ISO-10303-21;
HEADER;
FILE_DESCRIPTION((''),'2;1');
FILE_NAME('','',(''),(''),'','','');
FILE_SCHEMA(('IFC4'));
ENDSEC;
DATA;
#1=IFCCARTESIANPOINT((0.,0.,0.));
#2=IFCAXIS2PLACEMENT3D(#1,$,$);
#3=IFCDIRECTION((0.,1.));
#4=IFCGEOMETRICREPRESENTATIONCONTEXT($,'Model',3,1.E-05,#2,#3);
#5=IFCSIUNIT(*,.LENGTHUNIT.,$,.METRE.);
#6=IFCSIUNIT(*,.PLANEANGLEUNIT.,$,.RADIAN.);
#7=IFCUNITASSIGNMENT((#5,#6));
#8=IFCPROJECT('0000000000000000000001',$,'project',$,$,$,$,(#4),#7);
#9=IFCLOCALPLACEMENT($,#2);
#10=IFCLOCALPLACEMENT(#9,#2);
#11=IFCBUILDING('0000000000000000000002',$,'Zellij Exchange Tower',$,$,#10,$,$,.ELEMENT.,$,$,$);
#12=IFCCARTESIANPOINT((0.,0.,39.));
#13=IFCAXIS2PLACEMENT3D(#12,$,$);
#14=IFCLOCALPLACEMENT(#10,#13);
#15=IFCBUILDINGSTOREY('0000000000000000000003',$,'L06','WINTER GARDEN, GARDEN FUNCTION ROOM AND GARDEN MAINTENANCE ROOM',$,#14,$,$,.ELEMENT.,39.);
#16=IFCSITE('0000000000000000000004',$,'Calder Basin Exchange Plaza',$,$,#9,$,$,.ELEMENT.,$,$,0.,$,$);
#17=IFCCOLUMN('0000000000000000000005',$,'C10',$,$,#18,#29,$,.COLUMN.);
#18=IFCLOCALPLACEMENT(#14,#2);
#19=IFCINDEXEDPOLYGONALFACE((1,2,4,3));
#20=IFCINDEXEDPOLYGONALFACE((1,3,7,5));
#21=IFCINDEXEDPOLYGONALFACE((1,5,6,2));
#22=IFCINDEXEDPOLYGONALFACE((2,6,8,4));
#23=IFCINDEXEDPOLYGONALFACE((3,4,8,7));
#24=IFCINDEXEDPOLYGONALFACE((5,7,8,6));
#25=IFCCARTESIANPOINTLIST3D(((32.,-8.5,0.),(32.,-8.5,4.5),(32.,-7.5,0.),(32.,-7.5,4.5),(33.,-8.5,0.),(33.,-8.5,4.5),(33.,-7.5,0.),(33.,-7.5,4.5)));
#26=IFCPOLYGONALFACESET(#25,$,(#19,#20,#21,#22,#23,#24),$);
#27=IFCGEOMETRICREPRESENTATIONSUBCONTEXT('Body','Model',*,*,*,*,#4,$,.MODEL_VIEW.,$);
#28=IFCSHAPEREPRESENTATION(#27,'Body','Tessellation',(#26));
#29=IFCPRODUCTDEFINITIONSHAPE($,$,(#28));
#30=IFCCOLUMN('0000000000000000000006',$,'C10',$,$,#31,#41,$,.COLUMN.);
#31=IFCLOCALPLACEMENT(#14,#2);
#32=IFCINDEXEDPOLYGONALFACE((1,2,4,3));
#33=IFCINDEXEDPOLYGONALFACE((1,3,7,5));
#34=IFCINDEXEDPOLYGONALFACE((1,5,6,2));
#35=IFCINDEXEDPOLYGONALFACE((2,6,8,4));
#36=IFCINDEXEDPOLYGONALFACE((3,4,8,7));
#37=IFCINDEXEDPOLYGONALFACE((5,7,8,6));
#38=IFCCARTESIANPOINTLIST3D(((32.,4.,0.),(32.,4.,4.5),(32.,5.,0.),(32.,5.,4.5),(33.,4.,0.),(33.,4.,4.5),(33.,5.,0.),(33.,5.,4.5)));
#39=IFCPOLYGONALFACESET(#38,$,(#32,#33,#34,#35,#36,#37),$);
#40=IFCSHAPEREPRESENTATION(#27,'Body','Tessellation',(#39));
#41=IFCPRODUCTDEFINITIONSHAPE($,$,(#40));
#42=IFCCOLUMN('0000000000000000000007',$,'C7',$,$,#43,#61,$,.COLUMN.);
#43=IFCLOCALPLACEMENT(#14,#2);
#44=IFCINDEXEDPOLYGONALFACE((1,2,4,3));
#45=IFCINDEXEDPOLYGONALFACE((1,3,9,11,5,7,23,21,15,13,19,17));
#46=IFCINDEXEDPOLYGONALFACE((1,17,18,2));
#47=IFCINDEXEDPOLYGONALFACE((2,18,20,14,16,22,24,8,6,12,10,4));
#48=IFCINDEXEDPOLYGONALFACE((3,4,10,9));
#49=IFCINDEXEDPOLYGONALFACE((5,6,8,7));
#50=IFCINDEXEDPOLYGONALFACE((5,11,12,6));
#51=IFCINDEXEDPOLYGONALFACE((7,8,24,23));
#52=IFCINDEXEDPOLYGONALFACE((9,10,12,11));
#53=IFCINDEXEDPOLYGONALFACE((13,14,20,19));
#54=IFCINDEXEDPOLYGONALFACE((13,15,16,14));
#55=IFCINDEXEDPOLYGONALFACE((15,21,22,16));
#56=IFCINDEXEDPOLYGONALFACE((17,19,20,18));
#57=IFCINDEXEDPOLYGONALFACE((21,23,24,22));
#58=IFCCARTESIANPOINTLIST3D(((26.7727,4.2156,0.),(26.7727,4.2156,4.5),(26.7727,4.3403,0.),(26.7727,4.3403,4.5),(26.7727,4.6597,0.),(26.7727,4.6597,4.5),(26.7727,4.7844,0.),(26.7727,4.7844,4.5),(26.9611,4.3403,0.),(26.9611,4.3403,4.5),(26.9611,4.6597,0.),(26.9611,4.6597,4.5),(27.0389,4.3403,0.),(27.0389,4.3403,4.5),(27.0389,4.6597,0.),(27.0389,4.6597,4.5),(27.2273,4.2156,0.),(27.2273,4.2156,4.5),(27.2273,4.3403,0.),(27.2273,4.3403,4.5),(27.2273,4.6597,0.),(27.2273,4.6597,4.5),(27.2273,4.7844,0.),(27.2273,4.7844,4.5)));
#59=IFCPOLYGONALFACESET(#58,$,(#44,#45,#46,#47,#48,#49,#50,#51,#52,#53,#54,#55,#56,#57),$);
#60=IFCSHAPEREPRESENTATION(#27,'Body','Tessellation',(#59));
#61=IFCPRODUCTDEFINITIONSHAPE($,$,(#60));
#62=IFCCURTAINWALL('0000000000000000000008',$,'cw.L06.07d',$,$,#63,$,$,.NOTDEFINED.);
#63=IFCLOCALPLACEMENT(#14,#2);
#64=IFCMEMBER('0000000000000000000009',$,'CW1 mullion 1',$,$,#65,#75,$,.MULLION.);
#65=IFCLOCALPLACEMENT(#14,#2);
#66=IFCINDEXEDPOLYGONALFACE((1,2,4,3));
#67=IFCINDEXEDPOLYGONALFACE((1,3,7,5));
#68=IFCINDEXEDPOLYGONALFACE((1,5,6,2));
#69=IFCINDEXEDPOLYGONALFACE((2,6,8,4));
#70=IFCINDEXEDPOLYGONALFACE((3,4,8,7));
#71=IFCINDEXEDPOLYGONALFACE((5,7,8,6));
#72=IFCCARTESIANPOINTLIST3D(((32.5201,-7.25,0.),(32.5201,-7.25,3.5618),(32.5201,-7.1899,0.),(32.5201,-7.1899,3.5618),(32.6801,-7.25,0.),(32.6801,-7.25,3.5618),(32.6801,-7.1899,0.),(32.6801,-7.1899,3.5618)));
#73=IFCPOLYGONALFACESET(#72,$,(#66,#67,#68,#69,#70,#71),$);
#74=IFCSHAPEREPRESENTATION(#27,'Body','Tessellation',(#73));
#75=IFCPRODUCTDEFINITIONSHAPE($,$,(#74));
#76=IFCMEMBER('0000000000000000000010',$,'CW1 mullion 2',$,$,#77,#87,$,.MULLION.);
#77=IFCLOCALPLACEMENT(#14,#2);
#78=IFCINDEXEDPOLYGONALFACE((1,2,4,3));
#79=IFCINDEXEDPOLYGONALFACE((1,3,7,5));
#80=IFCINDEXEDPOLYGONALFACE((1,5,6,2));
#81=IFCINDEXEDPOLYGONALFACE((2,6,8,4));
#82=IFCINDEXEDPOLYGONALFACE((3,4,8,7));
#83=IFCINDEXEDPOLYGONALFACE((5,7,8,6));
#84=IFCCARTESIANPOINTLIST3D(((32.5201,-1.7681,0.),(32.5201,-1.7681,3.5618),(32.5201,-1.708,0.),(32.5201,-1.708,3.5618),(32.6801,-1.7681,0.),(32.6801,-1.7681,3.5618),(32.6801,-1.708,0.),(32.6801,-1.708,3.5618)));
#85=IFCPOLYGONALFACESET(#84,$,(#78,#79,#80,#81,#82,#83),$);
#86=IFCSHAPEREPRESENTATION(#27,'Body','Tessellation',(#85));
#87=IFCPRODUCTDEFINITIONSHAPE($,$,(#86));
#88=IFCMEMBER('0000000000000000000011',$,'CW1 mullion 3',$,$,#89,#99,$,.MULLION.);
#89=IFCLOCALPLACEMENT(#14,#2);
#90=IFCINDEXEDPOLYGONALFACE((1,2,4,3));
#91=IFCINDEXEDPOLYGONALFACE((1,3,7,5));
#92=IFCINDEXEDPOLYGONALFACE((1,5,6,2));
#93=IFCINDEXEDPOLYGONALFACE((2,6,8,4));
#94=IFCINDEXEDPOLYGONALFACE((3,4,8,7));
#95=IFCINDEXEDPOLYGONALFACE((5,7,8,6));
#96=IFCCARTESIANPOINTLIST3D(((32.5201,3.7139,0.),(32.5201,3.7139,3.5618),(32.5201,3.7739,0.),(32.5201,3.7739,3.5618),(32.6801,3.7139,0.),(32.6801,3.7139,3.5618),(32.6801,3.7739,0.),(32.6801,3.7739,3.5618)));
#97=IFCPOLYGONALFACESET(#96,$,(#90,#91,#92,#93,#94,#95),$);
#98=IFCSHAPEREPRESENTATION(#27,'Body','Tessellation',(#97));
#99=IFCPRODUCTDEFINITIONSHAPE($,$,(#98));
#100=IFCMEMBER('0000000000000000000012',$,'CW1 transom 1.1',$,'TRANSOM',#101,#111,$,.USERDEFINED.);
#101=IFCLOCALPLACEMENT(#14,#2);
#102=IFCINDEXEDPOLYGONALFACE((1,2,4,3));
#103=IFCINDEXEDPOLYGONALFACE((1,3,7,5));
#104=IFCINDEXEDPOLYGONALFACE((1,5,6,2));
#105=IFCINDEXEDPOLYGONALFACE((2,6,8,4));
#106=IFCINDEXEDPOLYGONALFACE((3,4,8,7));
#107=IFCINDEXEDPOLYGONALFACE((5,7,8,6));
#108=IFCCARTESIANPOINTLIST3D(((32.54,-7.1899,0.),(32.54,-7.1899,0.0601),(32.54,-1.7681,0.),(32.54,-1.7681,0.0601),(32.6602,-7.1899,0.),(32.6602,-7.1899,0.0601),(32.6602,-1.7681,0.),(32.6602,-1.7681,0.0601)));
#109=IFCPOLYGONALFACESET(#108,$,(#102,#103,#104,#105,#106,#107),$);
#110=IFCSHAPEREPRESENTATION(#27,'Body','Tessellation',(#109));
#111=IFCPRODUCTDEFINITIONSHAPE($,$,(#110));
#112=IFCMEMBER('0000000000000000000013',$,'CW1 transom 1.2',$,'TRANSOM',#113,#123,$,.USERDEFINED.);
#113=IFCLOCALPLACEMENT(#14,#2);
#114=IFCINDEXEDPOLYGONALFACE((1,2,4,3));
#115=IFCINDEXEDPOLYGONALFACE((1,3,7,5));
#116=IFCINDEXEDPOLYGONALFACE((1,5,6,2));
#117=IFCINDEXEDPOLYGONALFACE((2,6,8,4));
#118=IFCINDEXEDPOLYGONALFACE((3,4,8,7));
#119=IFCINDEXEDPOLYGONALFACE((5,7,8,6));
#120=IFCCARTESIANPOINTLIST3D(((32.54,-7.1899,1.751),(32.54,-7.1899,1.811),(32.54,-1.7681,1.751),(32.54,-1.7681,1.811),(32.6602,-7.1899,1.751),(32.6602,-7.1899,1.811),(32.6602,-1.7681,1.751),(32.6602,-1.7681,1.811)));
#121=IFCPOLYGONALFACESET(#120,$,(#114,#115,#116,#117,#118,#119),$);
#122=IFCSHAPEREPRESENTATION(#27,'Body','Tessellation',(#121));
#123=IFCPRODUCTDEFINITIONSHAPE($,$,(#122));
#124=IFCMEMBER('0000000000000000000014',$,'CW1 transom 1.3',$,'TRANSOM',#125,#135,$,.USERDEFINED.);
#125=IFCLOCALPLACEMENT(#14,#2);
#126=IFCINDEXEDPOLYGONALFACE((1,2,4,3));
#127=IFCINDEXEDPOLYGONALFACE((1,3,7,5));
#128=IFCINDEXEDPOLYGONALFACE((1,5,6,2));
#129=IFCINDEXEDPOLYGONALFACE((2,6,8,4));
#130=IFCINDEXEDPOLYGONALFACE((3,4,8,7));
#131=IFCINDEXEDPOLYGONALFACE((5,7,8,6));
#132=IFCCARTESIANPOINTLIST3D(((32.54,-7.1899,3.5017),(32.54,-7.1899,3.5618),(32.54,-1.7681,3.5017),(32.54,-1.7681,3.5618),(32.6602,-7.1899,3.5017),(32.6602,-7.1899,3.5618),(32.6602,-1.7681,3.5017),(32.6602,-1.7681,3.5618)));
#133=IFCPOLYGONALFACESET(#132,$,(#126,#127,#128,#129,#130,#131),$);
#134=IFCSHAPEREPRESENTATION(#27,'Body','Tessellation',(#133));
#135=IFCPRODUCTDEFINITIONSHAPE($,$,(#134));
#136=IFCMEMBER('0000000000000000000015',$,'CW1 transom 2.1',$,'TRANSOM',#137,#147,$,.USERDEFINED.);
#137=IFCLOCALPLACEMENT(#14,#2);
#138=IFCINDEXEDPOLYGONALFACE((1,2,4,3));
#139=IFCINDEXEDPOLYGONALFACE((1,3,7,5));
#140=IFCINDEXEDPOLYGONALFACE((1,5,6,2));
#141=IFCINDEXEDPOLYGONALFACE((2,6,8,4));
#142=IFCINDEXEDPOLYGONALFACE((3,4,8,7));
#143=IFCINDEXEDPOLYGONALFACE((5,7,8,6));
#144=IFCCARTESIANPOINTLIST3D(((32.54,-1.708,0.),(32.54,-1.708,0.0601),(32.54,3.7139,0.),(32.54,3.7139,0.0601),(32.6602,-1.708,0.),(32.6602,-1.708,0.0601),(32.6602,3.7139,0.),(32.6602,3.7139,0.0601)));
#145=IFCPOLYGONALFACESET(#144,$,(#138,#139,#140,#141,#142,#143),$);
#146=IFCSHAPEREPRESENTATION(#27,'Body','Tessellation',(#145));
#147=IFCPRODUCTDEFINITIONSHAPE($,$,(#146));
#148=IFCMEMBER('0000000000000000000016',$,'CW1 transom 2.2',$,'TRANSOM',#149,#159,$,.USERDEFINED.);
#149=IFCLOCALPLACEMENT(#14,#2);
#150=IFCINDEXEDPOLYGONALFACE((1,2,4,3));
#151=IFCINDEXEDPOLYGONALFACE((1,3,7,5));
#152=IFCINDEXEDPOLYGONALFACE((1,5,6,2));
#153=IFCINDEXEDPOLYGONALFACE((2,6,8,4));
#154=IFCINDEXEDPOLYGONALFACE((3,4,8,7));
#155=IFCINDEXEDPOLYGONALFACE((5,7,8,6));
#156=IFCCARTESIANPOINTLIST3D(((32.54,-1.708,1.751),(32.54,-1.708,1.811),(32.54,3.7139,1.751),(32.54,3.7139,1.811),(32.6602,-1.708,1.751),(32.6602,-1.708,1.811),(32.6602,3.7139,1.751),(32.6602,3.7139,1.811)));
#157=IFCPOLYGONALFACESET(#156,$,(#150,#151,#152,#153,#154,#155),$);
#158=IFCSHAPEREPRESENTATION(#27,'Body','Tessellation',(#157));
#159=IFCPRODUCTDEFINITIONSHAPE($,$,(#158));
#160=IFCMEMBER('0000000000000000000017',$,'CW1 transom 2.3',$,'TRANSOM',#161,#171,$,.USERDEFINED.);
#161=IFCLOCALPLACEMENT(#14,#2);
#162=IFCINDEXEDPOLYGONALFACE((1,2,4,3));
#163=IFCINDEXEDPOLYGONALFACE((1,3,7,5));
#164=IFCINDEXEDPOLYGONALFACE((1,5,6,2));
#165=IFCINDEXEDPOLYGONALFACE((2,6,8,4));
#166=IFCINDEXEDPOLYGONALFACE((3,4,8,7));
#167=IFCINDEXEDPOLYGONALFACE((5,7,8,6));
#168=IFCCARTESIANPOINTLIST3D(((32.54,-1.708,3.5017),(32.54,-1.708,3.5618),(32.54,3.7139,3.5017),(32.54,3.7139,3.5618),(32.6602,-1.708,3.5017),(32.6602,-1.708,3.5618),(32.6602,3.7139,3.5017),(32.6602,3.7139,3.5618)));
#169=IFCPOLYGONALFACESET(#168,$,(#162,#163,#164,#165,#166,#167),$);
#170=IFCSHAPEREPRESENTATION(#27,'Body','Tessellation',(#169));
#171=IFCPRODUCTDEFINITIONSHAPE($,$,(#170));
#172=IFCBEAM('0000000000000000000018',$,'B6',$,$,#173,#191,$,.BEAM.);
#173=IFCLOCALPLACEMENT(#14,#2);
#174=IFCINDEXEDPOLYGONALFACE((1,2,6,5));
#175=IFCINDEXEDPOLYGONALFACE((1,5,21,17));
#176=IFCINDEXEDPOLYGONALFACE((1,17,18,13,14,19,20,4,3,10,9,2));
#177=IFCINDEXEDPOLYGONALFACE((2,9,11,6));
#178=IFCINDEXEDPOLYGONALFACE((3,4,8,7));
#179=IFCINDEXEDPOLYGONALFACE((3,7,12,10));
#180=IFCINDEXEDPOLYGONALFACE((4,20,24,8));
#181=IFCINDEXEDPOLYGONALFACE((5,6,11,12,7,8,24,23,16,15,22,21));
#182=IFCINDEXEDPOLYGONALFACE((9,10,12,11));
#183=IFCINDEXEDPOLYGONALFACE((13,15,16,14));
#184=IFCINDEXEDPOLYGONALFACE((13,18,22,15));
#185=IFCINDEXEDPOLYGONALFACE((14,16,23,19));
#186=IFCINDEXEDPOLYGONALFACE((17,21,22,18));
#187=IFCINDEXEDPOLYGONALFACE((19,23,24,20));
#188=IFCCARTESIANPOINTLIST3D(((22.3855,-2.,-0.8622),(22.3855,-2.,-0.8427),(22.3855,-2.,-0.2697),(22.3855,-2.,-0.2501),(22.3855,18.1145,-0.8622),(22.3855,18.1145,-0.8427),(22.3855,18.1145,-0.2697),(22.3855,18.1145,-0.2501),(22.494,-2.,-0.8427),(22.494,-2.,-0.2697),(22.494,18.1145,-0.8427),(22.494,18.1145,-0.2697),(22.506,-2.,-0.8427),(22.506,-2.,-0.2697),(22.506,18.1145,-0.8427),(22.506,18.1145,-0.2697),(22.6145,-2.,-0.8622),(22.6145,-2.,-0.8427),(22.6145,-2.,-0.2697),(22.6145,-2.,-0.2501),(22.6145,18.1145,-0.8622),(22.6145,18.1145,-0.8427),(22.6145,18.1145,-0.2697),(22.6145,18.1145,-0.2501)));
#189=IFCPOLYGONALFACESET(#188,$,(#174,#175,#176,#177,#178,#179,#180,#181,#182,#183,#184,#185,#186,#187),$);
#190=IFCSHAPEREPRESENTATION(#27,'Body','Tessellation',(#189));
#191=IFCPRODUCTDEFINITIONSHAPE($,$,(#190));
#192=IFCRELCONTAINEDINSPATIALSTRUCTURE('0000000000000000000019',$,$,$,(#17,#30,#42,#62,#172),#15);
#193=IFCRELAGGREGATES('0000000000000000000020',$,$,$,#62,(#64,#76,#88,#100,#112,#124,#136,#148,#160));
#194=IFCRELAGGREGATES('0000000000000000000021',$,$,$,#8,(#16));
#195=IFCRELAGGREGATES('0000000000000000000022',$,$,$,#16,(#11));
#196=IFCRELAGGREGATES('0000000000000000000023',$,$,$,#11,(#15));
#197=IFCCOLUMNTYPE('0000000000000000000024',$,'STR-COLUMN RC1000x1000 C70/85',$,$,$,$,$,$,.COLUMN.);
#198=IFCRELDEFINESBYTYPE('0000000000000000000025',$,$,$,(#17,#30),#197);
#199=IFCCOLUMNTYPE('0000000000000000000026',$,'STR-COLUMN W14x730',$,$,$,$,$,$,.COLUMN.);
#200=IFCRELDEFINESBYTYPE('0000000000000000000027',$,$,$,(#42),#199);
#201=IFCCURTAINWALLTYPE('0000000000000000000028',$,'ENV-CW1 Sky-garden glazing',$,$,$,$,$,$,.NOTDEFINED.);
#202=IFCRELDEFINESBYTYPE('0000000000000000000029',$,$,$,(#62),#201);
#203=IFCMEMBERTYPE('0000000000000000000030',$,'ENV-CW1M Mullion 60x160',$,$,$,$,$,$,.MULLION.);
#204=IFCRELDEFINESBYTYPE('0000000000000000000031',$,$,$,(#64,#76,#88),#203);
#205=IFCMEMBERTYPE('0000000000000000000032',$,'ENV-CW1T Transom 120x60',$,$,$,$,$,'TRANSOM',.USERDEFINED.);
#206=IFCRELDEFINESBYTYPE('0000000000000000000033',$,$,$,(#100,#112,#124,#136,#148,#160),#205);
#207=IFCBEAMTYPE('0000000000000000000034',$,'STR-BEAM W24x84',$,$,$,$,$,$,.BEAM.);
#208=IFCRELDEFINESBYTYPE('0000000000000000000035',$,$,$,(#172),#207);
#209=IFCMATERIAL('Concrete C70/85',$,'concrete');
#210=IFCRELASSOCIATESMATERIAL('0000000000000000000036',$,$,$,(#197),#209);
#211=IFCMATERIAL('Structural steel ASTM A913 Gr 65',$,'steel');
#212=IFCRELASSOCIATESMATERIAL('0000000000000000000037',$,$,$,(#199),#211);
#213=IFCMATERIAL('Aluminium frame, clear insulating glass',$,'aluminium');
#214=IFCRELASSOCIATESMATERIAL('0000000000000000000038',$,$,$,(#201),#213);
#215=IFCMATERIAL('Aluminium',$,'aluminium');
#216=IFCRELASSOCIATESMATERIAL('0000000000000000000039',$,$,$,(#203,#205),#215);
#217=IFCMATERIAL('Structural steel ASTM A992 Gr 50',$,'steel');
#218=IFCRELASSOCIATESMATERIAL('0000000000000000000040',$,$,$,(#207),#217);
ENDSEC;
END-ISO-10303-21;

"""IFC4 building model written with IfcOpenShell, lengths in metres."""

from ifc_helpers import new_model, si_unit, direction, frame, origin, origin_2d, place, context, subcontext, project, spatial, rectangle, i_section, extrude, material, material_profile, profile_set, type_object, element, aggregate, save


model = new_model("IFC4")

# Units and contexts
model_context = context("Model", 3, precision=1e-05, world=origin(), true_north=direction((0.0, 1.0)))
body_context = subcontext(model_context, "Body", "Model", "MODEL_VIEW")
ifc_project = project(units=[si_unit("LENGTHUNIT", "METRE"), si_unit("PLANEANGLEUNIT", "RADIAN")], contexts=[model_context])

# Site, building, storey
site_placement = place(None, origin())
site = spatial("IfcSite", under=ifc_project, at=site_placement, Name="Calder Basin Exchange Plaza", CompositionType="ELEMENT", RefElevation=0.0)
building_placement = place(site_placement, origin())
building = spatial("IfcBuilding", under=site, at=building_placement, Name="Zellij Exchange Tower", CompositionType="ELEMENT")
storey_placement = place(building_placement, frame((0.0, 0.0, 39.0)))
storey = spatial("IfcBuildingStorey", under=building, at=storey_placement, Name="L06", Description="WINTER GARDEN, GARDEN FUNCTION ROOM AND GARDEN MAINTENANCE ROOM", CompositionType="ELEMENT", Elevation=39.0)

# Columns
ifc_material_1 = material(Name="Concrete C70/85", Category="concrete")
ifc_material_profile_1 = material_profile(ifc_material_1, rectangle(XDim=1.0, YDim=1.0, at=origin_2d()), Name="STR-COLUMN RC1000x1000 C70/85")
ifc_profile_set_1 = profile_set([ifc_material_profile_1], Name="Concrete C70/85")
column_type_1 = type_object("IfcColumnType", Name="STR-COLUMN RC1000x1000 C70/85", PredefinedType="COLUMN", material=ifc_profile_set_1)
for number, where, z_axis, x_axis, name in (
    (1, (32.5, -8.0, 0.0), (0.0, 0.0, 1.0), (1.0, 0.0, 0.0), "C10"),
    (2, (32.5, 4.5, 0.0), (0.0, 0.0, 1.0), (1.0, 0.0, 0.0), "C10"),
):
    element("IfcColumn", number, at=place(storey_placement, frame(where, z_axis=z_axis, x_axis=x_axis)), inside=storey, type_object=column_type_1, Name=name, PredefinedType="COLUMN", context=body_context, shape_type="SweptSolid", body=[
        extrude(rectangle(XDim=1.0, YDim=1.0, at=origin_2d()), origin(), (0.0, 0.0, 1.0), 4.5),
    ])
ifc_material_2 = material(Name="Structural steel ASTM A913 Gr 65", Category="steel")
ifc_material_profile_2 = material_profile(ifc_material_2, i_section(OverallWidth=0.4546, OverallDepth=0.5688, WebThickness=0.0779, FlangeThickness=0.1248, at=origin_2d()), Name="W14x730")
ifc_profile_set_2 = profile_set([ifc_material_profile_2], Name="Structural steel ASTM A913 Gr 65")
column_type_2 = type_object("IfcColumnType", Name="STR-COLUMN W14x730", PredefinedType="COLUMN", material=ifc_profile_set_2)
column_placement = place(storey_placement, frame((27.0, 4.5, 0.0), z_axis=(0.0, 0.0, 1.0), x_axis=(1.0, 0.0, 0.0)))
element("IfcColumn", 3, at=column_placement, inside=storey, type_object=column_type_2, Name="C7", PredefinedType="COLUMN", context=body_context, shape_type="SweptSolid", body=[
    extrude(i_section(OverallWidth=0.4546, OverallDepth=0.5688, WebThickness=0.0779, FlangeThickness=0.1248, at=origin_2d()), origin(), (0.0, 0.0, 1.0), 4.5),
])

# Curtain wall, members
ifc_material_3 = material(Name="Aluminium frame, clear insulating glass", Category="aluminium")
curtain_wall_type = type_object("IfcCurtainWallType", Name="ENV-CW1 Sky-garden glazing", PredefinedType="NOTDEFINED", material=ifc_material_3)
curtain_wall_placement = place(storey_placement, origin())
curtain_wall = element("IfcCurtainWall", 4, at=curtain_wall_placement, inside=storey, type_object=curtain_wall_type, Name="cw.L06.07d", PredefinedType="NOTDEFINED")
ifc_material_4 = material(Name="Aluminium", Category="aluminium")
ifc_material_profile_3 = material_profile(ifc_material_4, rectangle(XDim=0.0601, YDim=0.1599, at=origin_2d()), Name="AL 60x160")
ifc_profile_set_3 = profile_set([ifc_material_profile_3], Name="Aluminium")
member_type_1 = type_object("IfcMemberType", Name="ENV-CW1M Mullion 60x160", PredefinedType="MULLION", material=ifc_profile_set_3)
member_1_placement = place(storey_placement, frame((32.6001, -7.22, 0.0), z_axis=(0.0, 0.0, 1.0), x_axis=(0.0, 1.0, 0.0)))
member_1 = element("IfcMember", 5, at=member_1_placement, type_object=member_type_1, Name="CW1 mullion 1", PredefinedType="MULLION", context=body_context, shape_type="SweptSolid", body=[
    extrude(rectangle(XDim=0.0601, YDim=0.1599, at=origin_2d()), origin(), (0.0, 0.0, 1.0), 3.5618),
])
member_2_placement = place(storey_placement, frame((32.6001, -1.738, 0.0), z_axis=(0.0, 0.0, 1.0), x_axis=(0.0, 1.0, 0.0)))
member_2 = element("IfcMember", 6, at=member_2_placement, type_object=member_type_1, Name="CW1 mullion 2", PredefinedType="MULLION", context=body_context, shape_type="SweptSolid", body=[
    extrude(rectangle(XDim=0.0601, YDim=0.1599, at=origin_2d()), origin(), (0.0, 0.0, 1.0), 3.5618),
])
member_3_placement = place(storey_placement, frame((32.6001, 3.7439, 0.0), z_axis=(0.0, 0.0, 1.0), x_axis=(0.0, 1.0, 0.0)))
member_3 = element("IfcMember", 7, at=member_3_placement, type_object=member_type_1, Name="CW1 mullion 3", PredefinedType="MULLION", context=body_context, shape_type="SweptSolid", body=[
    extrude(rectangle(XDim=0.0601, YDim=0.1599, at=origin_2d()), origin(), (0.0, 0.0, 1.0), 3.5618),
])
ifc_material_profile_4 = material_profile(ifc_material_4, rectangle(XDim=0.1201, YDim=0.0601, at=origin_2d()), Name="AL 120x60")
ifc_profile_set_4 = profile_set([ifc_material_profile_4], Name="Aluminium")
member_type_2 = type_object("IfcMemberType", Name="ENV-CW1T Transom 120x60", ElementType="TRANSOM", PredefinedType="USERDEFINED", material=ifc_profile_set_4)
member_4_placement = place(storey_placement, frame((32.6001, -7.1899, 0.03), z_axis=(0.0, 1.0, 0.0), x_axis=(-1.0, 0.0, 0.0)))
member_4 = element("IfcMember", 8, at=member_4_placement, type_object=member_type_2, Name="CW1 transom 1.1", ObjectType="TRANSOM", PredefinedType="USERDEFINED", context=body_context, shape_type="SweptSolid", body=[
    extrude(rectangle(XDim=0.1201, YDim=0.0601, at=origin_2d()), origin(), (0.0, 0.0, 1.0), 5.4219),
])
member_5_placement = place(storey_placement, frame((32.6001, -7.1899, 1.781), z_axis=(0.0, 1.0, 0.0), x_axis=(-1.0, 0.0, 0.0)))
member_5 = element("IfcMember", 9, at=member_5_placement, type_object=member_type_2, Name="CW1 transom 1.2", ObjectType="TRANSOM", PredefinedType="USERDEFINED", context=body_context, shape_type="SweptSolid", body=[
    extrude(rectangle(XDim=0.1201, YDim=0.0601, at=origin_2d()), origin(), (0.0, 0.0, 1.0), 5.4219),
])
member_6_placement = place(storey_placement, frame((32.6001, -7.1899, 3.5317), z_axis=(0.0, 1.0, 0.0), x_axis=(-1.0, 0.0, 0.0)))
member_6 = element("IfcMember", 10, at=member_6_placement, type_object=member_type_2, Name="CW1 transom 1.3", ObjectType="TRANSOM", PredefinedType="USERDEFINED", context=body_context, shape_type="SweptSolid", body=[
    extrude(rectangle(XDim=0.1201, YDim=0.0601, at=origin_2d()), origin(), (0.0, 0.0, 1.0), 5.4219),
])
member_7_placement = place(storey_placement, frame((32.6001, -1.708, 0.03), z_axis=(0.0, 1.0, 0.0), x_axis=(-1.0, 0.0, 0.0)))
member_7 = element("IfcMember", 11, at=member_7_placement, type_object=member_type_2, Name="CW1 transom 2.1", ObjectType="TRANSOM", PredefinedType="USERDEFINED", context=body_context, shape_type="SweptSolid", body=[
    extrude(rectangle(XDim=0.1201, YDim=0.0601, at=origin_2d()), origin(), (0.0, 0.0, 1.0), 5.4219),
])
member_8_placement = place(storey_placement, frame((32.6001, -1.708, 1.781), z_axis=(0.0, 1.0, 0.0), x_axis=(-1.0, 0.0, 0.0)))
member_8 = element("IfcMember", 12, at=member_8_placement, type_object=member_type_2, Name="CW1 transom 2.2", ObjectType="TRANSOM", PredefinedType="USERDEFINED", context=body_context, shape_type="SweptSolid", body=[
    extrude(rectangle(XDim=0.1201, YDim=0.0601, at=origin_2d()), origin(), (0.0, 0.0, 1.0), 5.4219),
])
member_9_placement = place(storey_placement, frame((32.6001, -1.708, 3.5317), z_axis=(0.0, 1.0, 0.0), x_axis=(-1.0, 0.0, 0.0)))
member_9 = element("IfcMember", 13, at=member_9_placement, type_object=member_type_2, Name="CW1 transom 2.3", ObjectType="TRANSOM", PredefinedType="USERDEFINED", context=body_context, shape_type="SweptSolid", body=[
    extrude(rectangle(XDim=0.1201, YDim=0.0601, at=origin_2d()), origin(), (0.0, 0.0, 1.0), 5.4219),
])

# Beam
ifc_material_5 = material(Name="Structural steel ASTM A992 Gr 50", Category="steel")
ifc_material_profile_5 = material_profile(ifc_material_5, i_section(OverallWidth=0.229, OverallDepth=0.6121, WebThickness=0.012, FlangeThickness=0.0195, at=origin_2d()), Name="W24x84")
ifc_profile_set_5 = profile_set([ifc_material_profile_5], Name="Structural steel ASTM A992 Gr 50")
beam_type_1 = type_object("IfcBeamType", Name="STR-BEAM W24x84", PredefinedType="BEAM", material=ifc_profile_set_5)
beam_1_placement = place(storey_placement, frame((22.5, -2.0, -0.5562), z_axis=(0.0, 1.0, 0.0), x_axis=(-1.0, 0.0, 0.0)))
element("IfcBeam", 14, at=beam_1_placement, inside=storey, type_object=beam_type_1, Name="B6", PredefinedType="BEAM", context=body_context, shape_type="SweptSolid", body=[
    extrude(i_section(OverallWidth=0.229, OverallDepth=0.6121, WebThickness=0.012, FlangeThickness=0.0195, at=origin_2d()), origin(), (0.0, 0.0, 1.0), 20.1145),
])

aggregate(curtain_wall, [member_1, member_2, member_3, member_4, member_5, member_6, member_7, member_8, member_9])

save(model, "model.ifc")
